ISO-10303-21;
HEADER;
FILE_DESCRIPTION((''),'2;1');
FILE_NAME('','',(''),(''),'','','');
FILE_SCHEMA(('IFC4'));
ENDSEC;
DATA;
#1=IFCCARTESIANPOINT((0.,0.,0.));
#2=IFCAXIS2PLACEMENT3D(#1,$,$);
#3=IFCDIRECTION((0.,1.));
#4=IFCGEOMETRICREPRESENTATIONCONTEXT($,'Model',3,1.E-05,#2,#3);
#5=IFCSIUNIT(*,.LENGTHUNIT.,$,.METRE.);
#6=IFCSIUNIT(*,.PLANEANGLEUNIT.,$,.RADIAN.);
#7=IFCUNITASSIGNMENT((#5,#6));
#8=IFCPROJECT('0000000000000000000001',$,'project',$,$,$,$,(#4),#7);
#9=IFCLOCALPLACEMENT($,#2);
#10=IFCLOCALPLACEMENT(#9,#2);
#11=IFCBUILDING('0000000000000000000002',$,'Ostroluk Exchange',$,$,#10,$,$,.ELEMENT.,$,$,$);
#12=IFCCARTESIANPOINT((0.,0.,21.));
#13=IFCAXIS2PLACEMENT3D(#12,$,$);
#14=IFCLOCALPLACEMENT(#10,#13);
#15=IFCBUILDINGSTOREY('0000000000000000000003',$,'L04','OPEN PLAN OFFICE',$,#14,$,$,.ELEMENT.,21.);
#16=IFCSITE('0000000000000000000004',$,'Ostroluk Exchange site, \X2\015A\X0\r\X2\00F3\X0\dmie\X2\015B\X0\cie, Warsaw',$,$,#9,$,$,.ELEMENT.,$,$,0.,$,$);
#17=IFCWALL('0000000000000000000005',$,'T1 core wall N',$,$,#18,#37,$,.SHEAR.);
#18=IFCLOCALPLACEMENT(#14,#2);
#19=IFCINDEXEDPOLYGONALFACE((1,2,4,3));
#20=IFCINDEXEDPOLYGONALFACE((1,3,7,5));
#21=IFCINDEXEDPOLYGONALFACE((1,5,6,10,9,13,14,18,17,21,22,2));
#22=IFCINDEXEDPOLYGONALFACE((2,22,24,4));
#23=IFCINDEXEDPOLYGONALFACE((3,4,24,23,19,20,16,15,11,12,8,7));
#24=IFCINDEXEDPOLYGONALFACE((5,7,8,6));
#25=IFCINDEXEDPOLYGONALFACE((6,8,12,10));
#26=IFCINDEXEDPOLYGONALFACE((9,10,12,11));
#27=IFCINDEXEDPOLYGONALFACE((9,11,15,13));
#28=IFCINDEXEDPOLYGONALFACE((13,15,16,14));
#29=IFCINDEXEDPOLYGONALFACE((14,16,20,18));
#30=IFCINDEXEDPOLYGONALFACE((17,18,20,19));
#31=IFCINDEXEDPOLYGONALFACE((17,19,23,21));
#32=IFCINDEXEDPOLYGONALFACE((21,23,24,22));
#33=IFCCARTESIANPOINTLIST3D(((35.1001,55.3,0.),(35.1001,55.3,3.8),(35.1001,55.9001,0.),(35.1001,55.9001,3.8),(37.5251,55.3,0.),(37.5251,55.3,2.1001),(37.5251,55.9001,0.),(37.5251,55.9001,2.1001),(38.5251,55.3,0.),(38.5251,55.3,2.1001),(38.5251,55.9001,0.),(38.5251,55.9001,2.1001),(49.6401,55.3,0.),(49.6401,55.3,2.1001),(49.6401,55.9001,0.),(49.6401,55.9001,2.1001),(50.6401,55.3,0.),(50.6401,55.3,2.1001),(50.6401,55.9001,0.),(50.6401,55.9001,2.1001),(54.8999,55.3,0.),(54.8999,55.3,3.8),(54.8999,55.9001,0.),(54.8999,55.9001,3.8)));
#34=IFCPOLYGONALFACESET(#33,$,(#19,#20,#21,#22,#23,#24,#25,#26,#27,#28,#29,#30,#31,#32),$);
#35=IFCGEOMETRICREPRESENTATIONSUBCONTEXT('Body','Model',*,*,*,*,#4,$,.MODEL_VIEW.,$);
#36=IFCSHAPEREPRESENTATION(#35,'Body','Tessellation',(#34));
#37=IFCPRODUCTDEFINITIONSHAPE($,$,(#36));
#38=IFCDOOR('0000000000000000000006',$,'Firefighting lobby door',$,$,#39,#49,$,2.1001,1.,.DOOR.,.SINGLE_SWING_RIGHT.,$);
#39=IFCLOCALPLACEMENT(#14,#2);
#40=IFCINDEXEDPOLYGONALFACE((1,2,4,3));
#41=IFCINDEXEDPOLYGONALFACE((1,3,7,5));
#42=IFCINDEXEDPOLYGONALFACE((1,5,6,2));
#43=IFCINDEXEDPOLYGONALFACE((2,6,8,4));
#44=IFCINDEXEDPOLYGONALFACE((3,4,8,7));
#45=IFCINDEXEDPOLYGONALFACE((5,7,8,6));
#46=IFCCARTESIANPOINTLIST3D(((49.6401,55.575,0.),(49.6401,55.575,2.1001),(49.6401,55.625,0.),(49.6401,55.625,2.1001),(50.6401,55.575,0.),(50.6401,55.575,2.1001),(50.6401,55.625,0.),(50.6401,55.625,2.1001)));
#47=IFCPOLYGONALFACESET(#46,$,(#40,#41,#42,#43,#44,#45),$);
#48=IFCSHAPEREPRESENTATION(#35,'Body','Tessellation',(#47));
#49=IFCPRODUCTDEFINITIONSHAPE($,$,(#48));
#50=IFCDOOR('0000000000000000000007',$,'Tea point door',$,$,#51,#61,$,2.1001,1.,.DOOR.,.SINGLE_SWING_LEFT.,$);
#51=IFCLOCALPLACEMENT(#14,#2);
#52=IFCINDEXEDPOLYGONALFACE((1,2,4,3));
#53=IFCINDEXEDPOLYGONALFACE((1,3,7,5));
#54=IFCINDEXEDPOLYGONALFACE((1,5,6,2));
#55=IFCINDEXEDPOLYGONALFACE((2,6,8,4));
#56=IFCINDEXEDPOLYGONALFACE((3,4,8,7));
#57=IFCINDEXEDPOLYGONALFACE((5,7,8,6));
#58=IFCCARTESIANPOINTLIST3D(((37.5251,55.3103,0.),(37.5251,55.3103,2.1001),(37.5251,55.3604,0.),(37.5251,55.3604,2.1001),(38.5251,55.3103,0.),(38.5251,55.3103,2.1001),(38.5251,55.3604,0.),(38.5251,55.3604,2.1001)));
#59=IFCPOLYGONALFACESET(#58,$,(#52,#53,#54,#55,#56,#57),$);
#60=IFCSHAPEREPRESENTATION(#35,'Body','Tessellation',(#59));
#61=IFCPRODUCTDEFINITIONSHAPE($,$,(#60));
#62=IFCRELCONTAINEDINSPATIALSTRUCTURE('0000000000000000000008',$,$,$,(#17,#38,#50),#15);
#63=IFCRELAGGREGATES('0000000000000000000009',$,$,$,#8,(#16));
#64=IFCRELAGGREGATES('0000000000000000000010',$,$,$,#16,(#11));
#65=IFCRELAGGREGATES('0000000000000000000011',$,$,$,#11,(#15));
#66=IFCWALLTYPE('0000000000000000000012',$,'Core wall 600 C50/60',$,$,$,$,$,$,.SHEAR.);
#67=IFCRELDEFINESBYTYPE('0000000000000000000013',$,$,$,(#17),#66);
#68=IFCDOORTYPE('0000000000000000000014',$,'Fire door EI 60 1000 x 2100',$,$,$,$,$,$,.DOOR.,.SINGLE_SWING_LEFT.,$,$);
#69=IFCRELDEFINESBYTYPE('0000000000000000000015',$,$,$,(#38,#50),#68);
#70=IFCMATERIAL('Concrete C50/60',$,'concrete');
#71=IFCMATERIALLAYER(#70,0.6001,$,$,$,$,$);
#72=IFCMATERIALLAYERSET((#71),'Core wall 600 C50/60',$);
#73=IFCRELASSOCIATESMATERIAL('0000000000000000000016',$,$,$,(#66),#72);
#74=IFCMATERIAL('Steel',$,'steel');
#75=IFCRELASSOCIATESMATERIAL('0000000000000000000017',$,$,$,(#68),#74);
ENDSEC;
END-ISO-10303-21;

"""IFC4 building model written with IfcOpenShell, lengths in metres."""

from ifc_helpers import new_model, si_unit, direction, frame, frame_2d, origin, place, context, subcontext, project, spatial, rectangle, extrude, material, layer, layer_set, type_object, element, fill, save


model = new_model("IFC4")

# Units and contexts
model_context = context("Model", 3, precision=1e-05, world=origin(), true_north=direction((0.0, 1.0)))
body_context = subcontext(model_context, "Body", "Model", "MODEL_VIEW")
ifc_project = project(units=[si_unit("LENGTHUNIT", "METRE"), si_unit("PLANEANGLEUNIT", "RADIAN")], contexts=[model_context])

# Site, building, storey
site_placement = place(None, origin())
site = spatial("IfcSite", under=ifc_project, at=site_placement, Name="Ostroluk Exchange site, Śródmieście, Warsaw", CompositionType="ELEMENT", RefElevation=0.0)
building_placement = place(site_placement, origin())
building = spatial("IfcBuilding", under=site, at=building_placement, Name="Ostroluk Exchange", CompositionType="ELEMENT")
storey_placement = place(building_placement, frame((0.0, 0.0, 21.0)))
storey = spatial("IfcBuildingStorey", under=building, at=storey_placement, Name="L04", Description="OPEN PLAN OFFICE", CompositionType="ELEMENT", Elevation=21.0)

# Wall, openings, doors
ifc_material_1 = material(Name="Concrete C50/60", Category="concrete")
ifc_layer_1 = layer(ifc_material_1, 0.6001)
ifc_layer_set_1 = layer_set([ifc_layer_1], Name="Core wall 600 C50/60")
wall_type_1 = type_object("IfcWallType", Name="Core wall 600 C50/60", PredefinedType="SHEAR", material=ifc_layer_set_1)
wall_1_placement = place(storey_placement, frame((35.1001, 55.6001, 0.0), z_axis=(0.0, 0.0, 1.0), x_axis=(1.0, 0.0, 0.0)))
wall_1 = element("IfcWall", 1, at=wall_1_placement, inside=storey, type_object=wall_type_1, Name="T1 core wall N", PredefinedType="SHEAR", context=body_context, shape_type="SweptSolid", body=[
    extrude(rectangle(XDim=19.7998, YDim=0.6001, at=frame_2d((9.8999, 0.0))), origin(), (0.0, 0.0, 1.0), 3.8),
])
opening_1_placement = place(wall_1_placement, frame((14.54, 0.0, 0.0)))
opening_1 = element("IfcOpeningElement", 2, at=opening_1_placement, cuts=wall_1, PredefinedType="OPENING", context=body_context, shape_type="SweptSolid", body=[
    extrude(rectangle(XDim=1.0, YDim=2.1001, at=frame_2d((0.5, 1.05))), frame((0.0, 0.3101, 0.0), z_axis=(0.0, -1.0, 0.0), x_axis=(1.0, 0.0, 0.0)), (0.0, 0.0, 1.0), 0.6201),
])
opening_2_placement = place(wall_1_placement, frame((2.425, 0.0, 0.0)))
opening_2 = element("IfcOpeningElement", 3, at=opening_2_placement, cuts=wall_1, PredefinedType="OPENING", context=body_context, shape_type="SweptSolid", body=[
    extrude(rectangle(XDim=1.0, YDim=2.1001, at=frame_2d((0.5, 1.05))), frame((0.0, 0.3101, 0.0), z_axis=(0.0, -1.0, 0.0), x_axis=(1.0, 0.0, 0.0)), (0.0, 0.0, 1.0), 0.6201),
])
ifc_material_2 = material(Name="Steel", Category="steel")
door_type = type_object("IfcDoorType", Name="Fire door EI 60 1000 x 2100", OperationType="SINGLE_SWING_LEFT", PredefinedType="DOOR", material=ifc_material_2)
door_1_placement = place(opening_1_placement, origin())
door_1 = element("IfcDoor", 4, at=door_1_placement, inside=storey, type_object=door_type, Name="Firefighting lobby door", OperationType="SINGLE_SWING_RIGHT", OverallHeight=2.1001, OverallWidth=1.0, PredefinedType="DOOR", context=body_context, shape_type="SweptSolid", body=[
    extrude(rectangle(XDim=1.0, YDim=2.1001, at=frame_2d((0.5, 1.05))), frame((0.0, 0.0249, 0.0), z_axis=(0.0, -1.0, 0.0), x_axis=(1.0, 0.0, 0.0)), (0.0, 0.0, 1.0), 0.05),
])
fill(opening_1, door_1)
door_2_placement = place(opening_2_placement, origin())
door_2 = element("IfcDoor", 5, at=door_2_placement, inside=storey, type_object=door_type, Name="Tea point door", OperationType="SINGLE_SWING_LEFT", OverallHeight=2.1001, OverallWidth=1.0, PredefinedType="DOOR", context=body_context, shape_type="SweptSolid", body=[
    extrude(rectangle(XDim=1.0, YDim=2.1001, at=frame_2d((0.5, 1.05))), frame((0.0, -0.2397, 0.0), z_axis=(0.0, -1.0, 0.0), x_axis=(1.0, 0.0, 0.0)), (0.0, 0.0, 1.0), 0.05),
])
fill(opening_2, door_2)

save(model, "model.ifc")
